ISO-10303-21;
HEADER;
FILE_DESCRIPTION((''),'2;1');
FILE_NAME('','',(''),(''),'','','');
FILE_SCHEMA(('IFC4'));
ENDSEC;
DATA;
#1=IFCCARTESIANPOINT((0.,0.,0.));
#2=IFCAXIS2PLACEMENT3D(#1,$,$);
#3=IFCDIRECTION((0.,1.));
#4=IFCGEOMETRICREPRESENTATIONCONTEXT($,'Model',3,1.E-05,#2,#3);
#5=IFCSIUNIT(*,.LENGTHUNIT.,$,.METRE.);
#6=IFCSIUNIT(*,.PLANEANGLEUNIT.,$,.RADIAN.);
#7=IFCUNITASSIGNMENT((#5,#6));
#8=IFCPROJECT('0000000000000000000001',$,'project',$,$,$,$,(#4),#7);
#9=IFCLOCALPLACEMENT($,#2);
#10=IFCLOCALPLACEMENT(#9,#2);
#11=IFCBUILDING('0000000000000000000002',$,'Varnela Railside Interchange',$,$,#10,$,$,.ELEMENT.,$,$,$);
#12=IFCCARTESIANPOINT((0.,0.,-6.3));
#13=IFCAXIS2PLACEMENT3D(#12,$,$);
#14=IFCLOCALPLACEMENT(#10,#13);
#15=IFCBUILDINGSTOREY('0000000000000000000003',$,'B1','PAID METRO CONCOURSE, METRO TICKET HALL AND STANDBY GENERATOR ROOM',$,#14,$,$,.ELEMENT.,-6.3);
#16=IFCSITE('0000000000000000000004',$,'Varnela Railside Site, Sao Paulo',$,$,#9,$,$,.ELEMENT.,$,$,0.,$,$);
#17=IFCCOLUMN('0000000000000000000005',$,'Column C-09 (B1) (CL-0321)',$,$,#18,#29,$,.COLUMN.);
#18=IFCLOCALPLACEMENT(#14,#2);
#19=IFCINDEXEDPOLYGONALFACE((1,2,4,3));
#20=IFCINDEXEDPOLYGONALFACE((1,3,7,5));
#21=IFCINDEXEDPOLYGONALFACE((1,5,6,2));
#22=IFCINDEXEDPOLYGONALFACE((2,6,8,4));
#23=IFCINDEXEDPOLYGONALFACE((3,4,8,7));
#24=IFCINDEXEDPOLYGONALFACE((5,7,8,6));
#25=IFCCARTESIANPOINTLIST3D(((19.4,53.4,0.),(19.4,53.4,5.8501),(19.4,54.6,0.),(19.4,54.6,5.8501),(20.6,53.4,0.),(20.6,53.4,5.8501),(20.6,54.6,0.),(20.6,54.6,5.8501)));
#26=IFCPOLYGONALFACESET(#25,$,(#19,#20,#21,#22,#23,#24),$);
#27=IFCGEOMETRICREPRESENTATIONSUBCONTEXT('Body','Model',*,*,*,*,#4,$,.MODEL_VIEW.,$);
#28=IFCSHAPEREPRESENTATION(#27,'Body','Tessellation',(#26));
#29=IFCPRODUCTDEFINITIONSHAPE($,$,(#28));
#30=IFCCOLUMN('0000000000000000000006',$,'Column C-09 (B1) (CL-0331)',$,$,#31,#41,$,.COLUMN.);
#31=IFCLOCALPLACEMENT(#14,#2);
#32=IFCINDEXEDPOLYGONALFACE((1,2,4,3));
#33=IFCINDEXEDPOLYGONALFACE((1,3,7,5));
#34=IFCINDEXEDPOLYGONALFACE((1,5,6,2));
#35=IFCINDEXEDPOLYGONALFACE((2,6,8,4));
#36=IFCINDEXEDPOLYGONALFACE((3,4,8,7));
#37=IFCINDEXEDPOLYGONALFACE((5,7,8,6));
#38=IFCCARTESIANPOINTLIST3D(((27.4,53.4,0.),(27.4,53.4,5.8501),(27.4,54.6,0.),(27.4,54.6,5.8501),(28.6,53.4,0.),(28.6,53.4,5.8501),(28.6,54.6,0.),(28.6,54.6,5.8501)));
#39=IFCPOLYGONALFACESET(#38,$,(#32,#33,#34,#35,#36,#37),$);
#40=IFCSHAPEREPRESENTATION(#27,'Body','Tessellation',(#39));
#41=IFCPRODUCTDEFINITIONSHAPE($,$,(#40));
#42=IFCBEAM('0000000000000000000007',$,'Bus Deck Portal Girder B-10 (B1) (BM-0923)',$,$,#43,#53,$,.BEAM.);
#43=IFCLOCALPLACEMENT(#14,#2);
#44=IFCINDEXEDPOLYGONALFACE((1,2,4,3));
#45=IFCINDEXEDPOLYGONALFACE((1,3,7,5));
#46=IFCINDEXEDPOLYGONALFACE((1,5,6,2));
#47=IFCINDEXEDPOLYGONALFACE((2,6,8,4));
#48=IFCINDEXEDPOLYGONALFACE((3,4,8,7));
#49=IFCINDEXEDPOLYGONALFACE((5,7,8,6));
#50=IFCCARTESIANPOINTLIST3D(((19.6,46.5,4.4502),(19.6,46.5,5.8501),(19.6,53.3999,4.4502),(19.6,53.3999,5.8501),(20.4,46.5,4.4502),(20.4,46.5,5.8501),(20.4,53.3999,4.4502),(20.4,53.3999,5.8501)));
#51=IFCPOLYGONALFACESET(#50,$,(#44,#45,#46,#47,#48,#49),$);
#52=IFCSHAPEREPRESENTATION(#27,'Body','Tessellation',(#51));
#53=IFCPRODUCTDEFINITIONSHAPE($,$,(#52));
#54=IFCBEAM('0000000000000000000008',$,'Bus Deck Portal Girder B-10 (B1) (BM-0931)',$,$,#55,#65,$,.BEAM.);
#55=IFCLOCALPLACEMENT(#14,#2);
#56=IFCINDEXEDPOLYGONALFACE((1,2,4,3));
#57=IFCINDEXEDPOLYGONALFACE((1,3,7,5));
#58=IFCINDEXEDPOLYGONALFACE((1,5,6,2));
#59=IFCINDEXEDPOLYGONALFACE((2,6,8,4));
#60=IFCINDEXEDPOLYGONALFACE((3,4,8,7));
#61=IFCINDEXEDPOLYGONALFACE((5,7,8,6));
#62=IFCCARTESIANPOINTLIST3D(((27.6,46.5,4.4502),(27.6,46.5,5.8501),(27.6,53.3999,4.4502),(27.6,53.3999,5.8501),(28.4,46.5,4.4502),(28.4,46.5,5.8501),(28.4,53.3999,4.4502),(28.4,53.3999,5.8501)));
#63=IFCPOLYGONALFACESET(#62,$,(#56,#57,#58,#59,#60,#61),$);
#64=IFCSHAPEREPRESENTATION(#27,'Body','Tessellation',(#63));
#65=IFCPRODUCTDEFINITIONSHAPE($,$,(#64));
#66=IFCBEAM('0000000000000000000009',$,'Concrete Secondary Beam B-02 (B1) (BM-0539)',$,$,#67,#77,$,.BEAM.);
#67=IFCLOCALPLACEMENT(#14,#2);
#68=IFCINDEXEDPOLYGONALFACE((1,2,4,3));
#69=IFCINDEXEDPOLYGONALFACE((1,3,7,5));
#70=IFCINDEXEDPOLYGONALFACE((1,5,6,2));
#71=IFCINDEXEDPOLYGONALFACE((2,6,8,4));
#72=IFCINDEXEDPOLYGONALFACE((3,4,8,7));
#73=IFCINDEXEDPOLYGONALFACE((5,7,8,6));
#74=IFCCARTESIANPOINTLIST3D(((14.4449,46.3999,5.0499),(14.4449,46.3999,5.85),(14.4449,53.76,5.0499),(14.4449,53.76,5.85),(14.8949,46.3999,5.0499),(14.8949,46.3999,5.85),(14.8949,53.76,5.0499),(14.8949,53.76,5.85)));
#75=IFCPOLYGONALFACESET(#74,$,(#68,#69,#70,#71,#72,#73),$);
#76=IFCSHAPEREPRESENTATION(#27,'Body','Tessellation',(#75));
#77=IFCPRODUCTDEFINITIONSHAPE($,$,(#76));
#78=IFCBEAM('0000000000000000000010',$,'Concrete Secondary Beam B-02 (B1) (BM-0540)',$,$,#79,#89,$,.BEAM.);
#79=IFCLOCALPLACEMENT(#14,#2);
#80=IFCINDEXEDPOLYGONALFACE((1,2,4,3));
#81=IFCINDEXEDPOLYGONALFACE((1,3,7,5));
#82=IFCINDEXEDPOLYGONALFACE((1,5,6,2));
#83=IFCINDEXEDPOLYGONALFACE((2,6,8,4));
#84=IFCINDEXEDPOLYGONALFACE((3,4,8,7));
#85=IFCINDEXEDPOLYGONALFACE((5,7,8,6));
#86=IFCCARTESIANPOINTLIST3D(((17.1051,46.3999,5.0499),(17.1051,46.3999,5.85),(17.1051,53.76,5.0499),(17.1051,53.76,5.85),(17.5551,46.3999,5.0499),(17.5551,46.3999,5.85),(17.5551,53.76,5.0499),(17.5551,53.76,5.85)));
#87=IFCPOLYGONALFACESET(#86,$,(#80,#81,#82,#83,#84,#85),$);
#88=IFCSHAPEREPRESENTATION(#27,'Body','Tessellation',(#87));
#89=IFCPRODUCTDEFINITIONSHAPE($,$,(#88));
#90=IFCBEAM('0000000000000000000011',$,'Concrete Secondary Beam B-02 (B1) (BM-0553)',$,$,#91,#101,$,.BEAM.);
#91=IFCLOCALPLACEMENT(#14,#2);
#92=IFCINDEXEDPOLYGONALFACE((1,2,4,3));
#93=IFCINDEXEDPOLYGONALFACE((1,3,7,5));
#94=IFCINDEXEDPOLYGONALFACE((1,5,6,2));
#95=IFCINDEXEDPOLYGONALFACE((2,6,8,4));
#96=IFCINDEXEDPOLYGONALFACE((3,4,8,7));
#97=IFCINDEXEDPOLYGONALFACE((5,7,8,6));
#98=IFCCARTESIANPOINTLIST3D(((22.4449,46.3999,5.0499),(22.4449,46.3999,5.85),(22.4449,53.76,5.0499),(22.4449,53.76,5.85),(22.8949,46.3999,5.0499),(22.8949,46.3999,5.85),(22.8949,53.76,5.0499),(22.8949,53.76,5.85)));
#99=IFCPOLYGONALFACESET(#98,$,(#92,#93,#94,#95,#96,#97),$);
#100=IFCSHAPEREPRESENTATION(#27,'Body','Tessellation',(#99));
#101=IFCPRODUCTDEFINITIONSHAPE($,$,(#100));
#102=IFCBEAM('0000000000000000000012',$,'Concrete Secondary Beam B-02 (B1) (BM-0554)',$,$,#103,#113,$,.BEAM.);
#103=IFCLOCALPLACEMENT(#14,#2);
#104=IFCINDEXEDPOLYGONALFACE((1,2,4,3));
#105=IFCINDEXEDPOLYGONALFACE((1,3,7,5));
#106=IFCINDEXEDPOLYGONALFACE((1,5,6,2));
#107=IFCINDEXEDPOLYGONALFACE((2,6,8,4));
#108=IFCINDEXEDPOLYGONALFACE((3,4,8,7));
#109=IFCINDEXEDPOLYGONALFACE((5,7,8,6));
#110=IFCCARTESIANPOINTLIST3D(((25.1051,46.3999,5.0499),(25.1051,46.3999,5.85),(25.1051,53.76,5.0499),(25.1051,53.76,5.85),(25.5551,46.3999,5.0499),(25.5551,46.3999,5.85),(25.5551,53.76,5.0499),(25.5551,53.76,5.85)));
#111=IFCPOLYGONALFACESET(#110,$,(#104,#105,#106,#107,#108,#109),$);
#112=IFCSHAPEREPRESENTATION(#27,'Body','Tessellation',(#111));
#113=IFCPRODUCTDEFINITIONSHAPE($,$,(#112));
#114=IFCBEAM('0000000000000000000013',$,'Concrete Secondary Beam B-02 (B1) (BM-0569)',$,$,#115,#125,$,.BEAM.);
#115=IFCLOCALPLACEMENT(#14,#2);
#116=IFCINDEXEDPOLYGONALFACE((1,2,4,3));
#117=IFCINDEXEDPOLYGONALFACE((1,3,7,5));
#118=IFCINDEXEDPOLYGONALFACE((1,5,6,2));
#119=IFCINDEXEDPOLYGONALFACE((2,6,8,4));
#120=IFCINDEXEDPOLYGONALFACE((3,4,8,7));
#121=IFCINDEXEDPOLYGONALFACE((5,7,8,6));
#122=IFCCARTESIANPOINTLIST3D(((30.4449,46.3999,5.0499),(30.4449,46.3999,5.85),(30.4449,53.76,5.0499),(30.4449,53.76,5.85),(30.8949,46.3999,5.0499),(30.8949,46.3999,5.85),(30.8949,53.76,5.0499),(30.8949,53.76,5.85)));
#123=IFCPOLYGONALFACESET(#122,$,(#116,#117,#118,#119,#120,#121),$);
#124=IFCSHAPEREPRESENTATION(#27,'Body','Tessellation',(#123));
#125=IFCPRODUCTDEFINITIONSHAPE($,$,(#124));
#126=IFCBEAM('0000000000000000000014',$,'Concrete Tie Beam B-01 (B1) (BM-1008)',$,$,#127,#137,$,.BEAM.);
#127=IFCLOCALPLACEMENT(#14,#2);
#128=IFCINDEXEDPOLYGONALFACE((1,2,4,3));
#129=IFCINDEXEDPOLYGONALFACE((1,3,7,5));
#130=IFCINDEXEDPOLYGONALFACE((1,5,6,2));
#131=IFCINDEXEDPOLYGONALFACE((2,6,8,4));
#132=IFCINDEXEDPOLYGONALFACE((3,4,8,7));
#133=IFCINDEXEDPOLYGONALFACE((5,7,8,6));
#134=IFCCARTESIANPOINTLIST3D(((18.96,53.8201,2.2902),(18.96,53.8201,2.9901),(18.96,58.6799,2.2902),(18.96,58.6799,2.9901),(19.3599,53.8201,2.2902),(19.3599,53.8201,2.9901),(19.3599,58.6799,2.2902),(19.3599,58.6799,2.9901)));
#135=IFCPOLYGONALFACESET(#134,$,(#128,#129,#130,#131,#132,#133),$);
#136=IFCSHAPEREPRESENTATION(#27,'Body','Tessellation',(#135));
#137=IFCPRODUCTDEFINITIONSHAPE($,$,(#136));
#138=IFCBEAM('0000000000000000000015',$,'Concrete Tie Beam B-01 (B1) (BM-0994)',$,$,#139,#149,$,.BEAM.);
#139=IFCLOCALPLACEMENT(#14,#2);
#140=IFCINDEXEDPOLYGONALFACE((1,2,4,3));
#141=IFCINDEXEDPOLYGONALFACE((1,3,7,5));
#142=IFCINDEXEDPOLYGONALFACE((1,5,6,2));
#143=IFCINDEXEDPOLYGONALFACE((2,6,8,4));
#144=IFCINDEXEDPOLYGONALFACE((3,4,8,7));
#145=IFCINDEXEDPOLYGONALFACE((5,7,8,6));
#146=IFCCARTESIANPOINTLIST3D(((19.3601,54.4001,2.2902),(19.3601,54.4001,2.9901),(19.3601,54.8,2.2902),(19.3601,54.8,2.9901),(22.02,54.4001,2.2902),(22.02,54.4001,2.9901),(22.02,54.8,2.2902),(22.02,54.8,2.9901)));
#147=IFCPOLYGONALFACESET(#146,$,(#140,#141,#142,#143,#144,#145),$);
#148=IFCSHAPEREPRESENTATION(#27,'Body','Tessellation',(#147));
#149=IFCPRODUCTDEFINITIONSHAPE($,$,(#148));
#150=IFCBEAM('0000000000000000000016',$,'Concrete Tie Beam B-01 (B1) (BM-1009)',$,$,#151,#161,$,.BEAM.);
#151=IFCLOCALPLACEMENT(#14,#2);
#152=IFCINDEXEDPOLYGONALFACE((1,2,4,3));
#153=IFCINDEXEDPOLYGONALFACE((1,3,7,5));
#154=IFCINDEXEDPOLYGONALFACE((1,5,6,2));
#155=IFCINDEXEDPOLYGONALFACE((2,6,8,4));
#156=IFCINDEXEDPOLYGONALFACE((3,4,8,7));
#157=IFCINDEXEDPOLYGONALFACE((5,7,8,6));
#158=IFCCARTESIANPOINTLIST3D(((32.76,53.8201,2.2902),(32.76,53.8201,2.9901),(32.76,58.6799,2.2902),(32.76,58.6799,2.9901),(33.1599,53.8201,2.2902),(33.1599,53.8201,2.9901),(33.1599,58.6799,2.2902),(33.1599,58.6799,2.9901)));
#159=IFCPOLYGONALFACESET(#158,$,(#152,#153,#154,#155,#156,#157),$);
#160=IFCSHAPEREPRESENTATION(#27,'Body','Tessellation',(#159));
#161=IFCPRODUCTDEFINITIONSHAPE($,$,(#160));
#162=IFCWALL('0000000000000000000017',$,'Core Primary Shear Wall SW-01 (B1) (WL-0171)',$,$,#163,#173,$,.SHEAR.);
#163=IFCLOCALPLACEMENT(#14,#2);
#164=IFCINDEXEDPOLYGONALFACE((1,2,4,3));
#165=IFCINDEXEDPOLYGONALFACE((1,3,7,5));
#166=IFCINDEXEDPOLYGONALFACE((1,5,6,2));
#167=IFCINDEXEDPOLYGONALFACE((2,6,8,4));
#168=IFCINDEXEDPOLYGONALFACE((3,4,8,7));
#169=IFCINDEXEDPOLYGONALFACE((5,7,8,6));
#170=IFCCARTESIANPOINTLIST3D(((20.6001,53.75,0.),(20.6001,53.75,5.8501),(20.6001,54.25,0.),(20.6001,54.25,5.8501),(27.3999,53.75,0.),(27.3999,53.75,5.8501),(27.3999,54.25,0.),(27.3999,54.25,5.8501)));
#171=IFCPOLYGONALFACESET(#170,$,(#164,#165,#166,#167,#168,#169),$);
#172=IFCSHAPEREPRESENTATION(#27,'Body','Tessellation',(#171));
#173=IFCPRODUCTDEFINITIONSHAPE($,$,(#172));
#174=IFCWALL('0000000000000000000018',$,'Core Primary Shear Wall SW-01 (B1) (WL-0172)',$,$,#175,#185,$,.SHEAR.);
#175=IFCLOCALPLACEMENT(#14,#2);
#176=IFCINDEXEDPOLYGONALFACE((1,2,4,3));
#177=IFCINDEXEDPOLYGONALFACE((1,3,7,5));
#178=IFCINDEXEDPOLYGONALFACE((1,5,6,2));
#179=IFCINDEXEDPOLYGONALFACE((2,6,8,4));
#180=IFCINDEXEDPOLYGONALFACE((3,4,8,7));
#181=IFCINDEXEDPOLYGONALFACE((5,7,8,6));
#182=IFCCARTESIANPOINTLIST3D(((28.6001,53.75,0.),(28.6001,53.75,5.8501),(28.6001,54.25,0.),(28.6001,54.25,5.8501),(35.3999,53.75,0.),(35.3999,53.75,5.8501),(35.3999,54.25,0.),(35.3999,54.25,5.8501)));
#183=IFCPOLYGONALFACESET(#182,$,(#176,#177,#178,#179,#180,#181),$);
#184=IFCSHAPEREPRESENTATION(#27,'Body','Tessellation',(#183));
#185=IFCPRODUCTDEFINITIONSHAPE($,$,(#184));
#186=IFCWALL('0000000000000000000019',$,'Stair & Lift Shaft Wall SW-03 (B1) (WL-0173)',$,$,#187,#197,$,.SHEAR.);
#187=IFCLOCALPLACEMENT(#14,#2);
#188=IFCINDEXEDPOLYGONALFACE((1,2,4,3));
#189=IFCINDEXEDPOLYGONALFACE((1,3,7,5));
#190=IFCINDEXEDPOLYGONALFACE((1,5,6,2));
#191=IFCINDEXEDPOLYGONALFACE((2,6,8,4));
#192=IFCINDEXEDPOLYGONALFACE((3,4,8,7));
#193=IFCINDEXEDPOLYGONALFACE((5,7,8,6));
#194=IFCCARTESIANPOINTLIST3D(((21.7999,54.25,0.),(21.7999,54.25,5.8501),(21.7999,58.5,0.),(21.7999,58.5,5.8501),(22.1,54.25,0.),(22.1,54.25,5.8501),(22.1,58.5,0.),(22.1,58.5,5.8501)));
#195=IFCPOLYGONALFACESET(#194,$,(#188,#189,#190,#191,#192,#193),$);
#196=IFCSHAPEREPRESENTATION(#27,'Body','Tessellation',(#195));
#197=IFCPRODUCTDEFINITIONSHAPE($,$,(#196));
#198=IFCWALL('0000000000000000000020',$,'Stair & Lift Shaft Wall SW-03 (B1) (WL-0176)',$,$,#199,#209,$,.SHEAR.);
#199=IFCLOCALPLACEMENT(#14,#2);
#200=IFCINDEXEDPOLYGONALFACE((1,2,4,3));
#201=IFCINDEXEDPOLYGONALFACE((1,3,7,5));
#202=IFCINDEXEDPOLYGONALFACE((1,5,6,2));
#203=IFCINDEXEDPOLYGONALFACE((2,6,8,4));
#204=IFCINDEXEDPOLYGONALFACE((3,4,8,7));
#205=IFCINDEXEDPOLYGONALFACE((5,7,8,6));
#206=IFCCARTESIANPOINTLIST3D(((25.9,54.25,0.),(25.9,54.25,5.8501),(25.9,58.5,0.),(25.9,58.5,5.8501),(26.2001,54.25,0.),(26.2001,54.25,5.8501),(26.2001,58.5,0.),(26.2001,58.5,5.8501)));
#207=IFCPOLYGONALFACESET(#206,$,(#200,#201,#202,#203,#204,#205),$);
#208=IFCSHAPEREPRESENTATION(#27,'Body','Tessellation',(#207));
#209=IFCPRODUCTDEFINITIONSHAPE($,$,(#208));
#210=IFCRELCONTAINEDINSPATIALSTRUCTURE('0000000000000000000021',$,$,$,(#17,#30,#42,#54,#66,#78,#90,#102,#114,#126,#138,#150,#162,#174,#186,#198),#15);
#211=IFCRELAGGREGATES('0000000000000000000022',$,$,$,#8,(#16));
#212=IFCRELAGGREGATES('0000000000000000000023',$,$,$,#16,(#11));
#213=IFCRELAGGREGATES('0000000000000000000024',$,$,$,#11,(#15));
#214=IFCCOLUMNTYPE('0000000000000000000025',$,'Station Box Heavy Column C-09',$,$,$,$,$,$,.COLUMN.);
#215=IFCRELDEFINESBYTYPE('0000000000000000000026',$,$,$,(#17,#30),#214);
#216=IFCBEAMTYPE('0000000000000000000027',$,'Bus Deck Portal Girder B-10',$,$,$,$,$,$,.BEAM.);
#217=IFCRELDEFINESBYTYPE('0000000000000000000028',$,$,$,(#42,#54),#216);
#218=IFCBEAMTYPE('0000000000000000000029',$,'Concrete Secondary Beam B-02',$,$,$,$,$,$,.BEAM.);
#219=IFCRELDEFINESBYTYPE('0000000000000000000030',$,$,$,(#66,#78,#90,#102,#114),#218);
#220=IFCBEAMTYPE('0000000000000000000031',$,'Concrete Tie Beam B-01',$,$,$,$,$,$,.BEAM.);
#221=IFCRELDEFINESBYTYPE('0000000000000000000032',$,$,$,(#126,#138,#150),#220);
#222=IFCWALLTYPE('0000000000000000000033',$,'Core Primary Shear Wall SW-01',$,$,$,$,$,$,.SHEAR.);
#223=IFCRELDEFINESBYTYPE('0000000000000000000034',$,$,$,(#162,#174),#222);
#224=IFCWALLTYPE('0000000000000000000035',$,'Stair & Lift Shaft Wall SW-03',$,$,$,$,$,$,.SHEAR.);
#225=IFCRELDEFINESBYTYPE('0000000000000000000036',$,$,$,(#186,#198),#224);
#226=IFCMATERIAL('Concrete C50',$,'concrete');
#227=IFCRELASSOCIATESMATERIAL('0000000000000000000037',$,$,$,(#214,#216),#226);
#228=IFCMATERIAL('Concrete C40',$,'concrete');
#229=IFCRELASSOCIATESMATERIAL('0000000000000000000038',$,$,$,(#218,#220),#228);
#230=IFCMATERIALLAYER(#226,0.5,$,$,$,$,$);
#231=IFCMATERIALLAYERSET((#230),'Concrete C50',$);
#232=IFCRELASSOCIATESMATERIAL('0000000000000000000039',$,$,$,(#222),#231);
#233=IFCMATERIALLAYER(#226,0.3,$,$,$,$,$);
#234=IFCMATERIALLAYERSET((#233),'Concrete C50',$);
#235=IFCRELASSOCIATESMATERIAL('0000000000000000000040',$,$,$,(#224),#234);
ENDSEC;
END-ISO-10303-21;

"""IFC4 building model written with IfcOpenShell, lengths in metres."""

from ifc_helpers import new_model, si_unit, direction, frame, frame_2d, origin, origin_2d, place, context, subcontext, project, spatial, rectangle, extrude, material, layer, layer_set, material_profile, profile_set, type_object, element, save


model = new_model("IFC4")

# Units and contexts
model_context = context("Model", 3, precision=1e-05, world=origin(), true_north=direction((0.0, 1.0)))
body_context = subcontext(model_context, "Body", "Model", "MODEL_VIEW")
ifc_project = project(units=[si_unit("LENGTHUNIT", "METRE"), si_unit("PLANEANGLEUNIT", "RADIAN")], contexts=[model_context])

# Site, building, storey
site_placement = place(None, origin())
site = spatial("IfcSite", under=ifc_project, at=site_placement, Name="Varnela Railside Site, Sao Paulo", CompositionType="ELEMENT", RefElevation=0.0)
building_placement = place(site_placement, origin())
building = spatial("IfcBuilding", under=site, at=building_placement, Name="Varnela Railside Interchange", CompositionType="ELEMENT")
storey_placement = place(building_placement, frame((0.0, 0.0, -6.3)))
storey = spatial("IfcBuildingStorey", under=building, at=storey_placement, Name="B1", Description="PAID METRO CONCOURSE, METRO TICKET HALL AND STANDBY GENERATOR ROOM", CompositionType="ELEMENT", Elevation=-6.3)

# Columns
ifc_material_1 = material(Name="Concrete C50", Category="concrete")
ifc_material_profile_1 = material_profile(ifc_material_1, rectangle(XDim=1.2, YDim=1.2, at=origin_2d()), Name="RC 1200x1200")
ifc_profile_set_1 = profile_set([ifc_material_profile_1], Name="Concrete C50")
column_type = type_object("IfcColumnType", Name="Station Box Heavy Column C-09", PredefinedType="COLUMN", material=ifc_profile_set_1)
for number, where, z_axis, x_axis, name in (
    (1, (20.0, 54.0, 0.0), (0.0, 0.0, 1.0), (1.0, 0.0, 0.0), "Column C-09 (B1) (CL-0321)"),
    (2, (28.0, 54.0, 0.0), (0.0, 0.0, 1.0), (1.0, 0.0, 0.0), "Column C-09 (B1) (CL-0331)"),
):
    element("IfcColumn", number, at=place(storey_placement, frame(where, z_axis=z_axis, x_axis=x_axis)), inside=storey, type_object=column_type, Name=name, PredefinedType="COLUMN", context=body_context, shape_type="SweptSolid", body=[
        extrude(rectangle(XDim=1.2, YDim=1.2, at=origin_2d()), origin(), (0.0, 0.0, 1.0), 5.8501),
    ])

# Beams
ifc_material_profile_2 = material_profile(ifc_material_1, rectangle(XDim=0.8, YDim=1.3999, at=origin_2d()), Name="RC 800x1400")
ifc_profile_set_2 = profile_set([ifc_material_profile_2], Name="Concrete C50")
beam_type_1 = type_object("IfcBeamType", Name="Bus Deck Portal Girder B-10", PredefinedType="BEAM", material=ifc_profile_set_2)
for number, where, z_axis, x_axis, name in (
    (3, (20.0, 46.5, 5.1501), (0.0, 1.0, 0.0), (-1.0, 0.0, 0.0), "Bus Deck Portal Girder B-10 (B1) (BM-0923)"),
    (4, (28.0, 46.5, 5.1501), (0.0, 1.0, 0.0), (-1.0, 0.0, 0.0), "Bus Deck Portal Girder B-10 (B1) (BM-0931)"),
):
    element("IfcBeam", number, at=place(storey_placement, frame(where, z_axis=z_axis, x_axis=x_axis)), inside=storey, type_object=beam_type_1, Name=name, PredefinedType="BEAM", context=body_context, shape_type="SweptSolid", body=[
        extrude(rectangle(XDim=0.8, YDim=1.3999, at=origin_2d()), origin(), (0.0, 0.0, 1.0), 6.8999),
    ])
ifc_material_2 = material(Name="Concrete C40", Category="concrete")
ifc_material_profile_3 = material_profile(ifc_material_2, rectangle(XDim=0.45, YDim=0.8, at=origin_2d()), Name="RC 450x800")
ifc_profile_set_3 = profile_set([ifc_material_profile_3], Name="Concrete C40")
beam_type_2 = type_object("IfcBeamType", Name="Concrete Secondary Beam B-02", PredefinedType="BEAM", material=ifc_profile_set_3)
for number, where, z_axis, x_axis, name in (
    (5, (14.6699, 46.3999, 5.45), (0.0, 1.0, 0.0), (-1.0, 0.0, 0.0), "Concrete Secondary Beam B-02 (B1) (BM-0539)"),
    (6, (17.3301, 46.3999, 5.45), (0.0, 1.0, 0.0), (-1.0, 0.0, 0.0), "Concrete Secondary Beam B-02 (B1) (BM-0540)"),
    (7, (22.6699, 46.3999, 5.45), (0.0, 1.0, 0.0), (-1.0, 0.0, 0.0), "Concrete Secondary Beam B-02 (B1) (BM-0553)"),
    (8, (25.3301, 46.3999, 5.45), (0.0, 1.0, 0.0), (-1.0, 0.0, 0.0), "Concrete Secondary Beam B-02 (B1) (BM-0554)"),
    (9, (30.6699, 46.3999, 5.45), (0.0, 1.0, 0.0), (-1.0, 0.0, 0.0), "Concrete Secondary Beam B-02 (B1) (BM-0569)"),
):
    element("IfcBeam", number, at=place(storey_placement, frame(where, z_axis=z_axis, x_axis=x_axis)), inside=storey, type_object=beam_type_2, Name=name, PredefinedType="BEAM", context=body_context, shape_type="SweptSolid", body=[
        extrude(rectangle(XDim=0.45, YDim=0.8, at=origin_2d()), origin(), (0.0, 0.0, 1.0), 7.3601),
    ])
ifc_material_profile_4 = material_profile(ifc_material_2, rectangle(XDim=0.3999, YDim=0.7, at=origin_2d()), Name="RC 400x700")
ifc_profile_set_4 = profile_set([ifc_material_profile_4], Name="Concrete C40")
beam_type_3 = type_object("IfcBeamType", Name="Concrete Tie Beam B-01", PredefinedType="BEAM", material=ifc_profile_set_4)
beam_1_placement = place(storey_placement, frame((19.1599, 53.8201, 2.6401), z_axis=(0.0, 1.0, 0.0), x_axis=(-1.0, 0.0, 0.0)))
element("IfcBeam", 10, at=beam_1_placement, inside=storey, type_object=beam_type_3, Name="Concrete Tie Beam B-01 (B1) (BM-1008)", PredefinedType="BEAM", context=body_context, shape_type="SweptSolid", body=[
    extrude(rectangle(XDim=0.3999, YDim=0.7, at=origin_2d()), origin(), (0.0, 0.0, 1.0), 4.8599),
])
beam_2_placement = place(storey_placement, frame((19.3601, 54.6001, 2.6401), z_axis=(1.0, 0.0, 0.0), x_axis=(0.0, 1.0, 0.0)))
element("IfcBeam", 11, at=beam_2_placement, inside=storey, type_object=beam_type_3, Name="Concrete Tie Beam B-01 (B1) (BM-0994)", PredefinedType="BEAM", context=body_context, shape_type="SweptSolid", body=[
    extrude(rectangle(XDim=0.3999, YDim=0.7, at=origin_2d()), origin(), (0.0, 0.0, 1.0), 2.6599),
])
beam_3_placement = place(storey_placement, frame((32.96, 53.8201, 2.6401), z_axis=(0.0, 1.0, 0.0), x_axis=(-1.0, 0.0, 0.0)))
element("IfcBeam", 12, at=beam_3_placement, inside=storey, type_object=beam_type_3, Name="Concrete Tie Beam B-01 (B1) (BM-1009)", PredefinedType="BEAM", context=body_context, shape_type="SweptSolid", body=[
    extrude(rectangle(XDim=0.3999, YDim=0.7, at=origin_2d()), origin(), (0.0, 0.0, 1.0), 4.8599),
])

# Walls
ifc_layer_1 = layer(ifc_material_1, 0.5)
ifc_layer_set_1 = layer_set([ifc_layer_1], Name="Concrete C50")
wall_type_1 = type_object("IfcWallType", Name="Core Primary Shear Wall SW-01", PredefinedType="SHEAR", material=ifc_layer_set_1)
for number, where, z_axis, x_axis, name in (
    (13, (20.6001, 54.0, 0.0), (0.0, 0.0, 1.0), (1.0, 0.0, 0.0), "Core Primary Shear Wall SW-01 (B1) (WL-0171)"),
    (14, (28.6001, 54.0, 0.0), (0.0, 0.0, 1.0), (1.0, 0.0, 0.0), "Core Primary Shear Wall SW-01 (B1) (WL-0172)"),
):
    element("IfcWall", number, at=place(storey_placement, frame(where, z_axis=z_axis, x_axis=x_axis)), inside=storey, type_object=wall_type_1, Name=name, PredefinedType="SHEAR", context=body_context, shape_type="SweptSolid", body=[
        extrude(rectangle(XDim=6.7998, YDim=0.5, at=frame_2d((3.3999, 0.0))), origin(), (0.0, 0.0, 1.0), 5.8501),
    ])
ifc_layer_2 = layer(ifc_material_1, 0.3)
ifc_layer_set_2 = layer_set([ifc_layer_2], Name="Concrete C50")
wall_type_2 = type_object("IfcWallType", Name="Stair & Lift Shaft Wall SW-03", PredefinedType="SHEAR", material=ifc_layer_set_2)
for number, where, z_axis, x_axis, name in (
    (15, (21.95, 54.25, 0.0), (0.0, 0.0, 1.0), (0.0, 1.0, 0.0), "Stair & Lift Shaft Wall SW-03 (B1) (WL-0173)"),
    (16, (26.05, 54.25, 0.0), (0.0, 0.0, 1.0), (0.0, 1.0, 0.0), "Stair & Lift Shaft Wall SW-03 (B1) (WL-0176)"),
):
    element("IfcWall", number, at=place(storey_placement, frame(where, z_axis=z_axis, x_axis=x_axis)), inside=storey, type_object=wall_type_2, Name=name, PredefinedType="SHEAR", context=body_context, shape_type="SweptSolid", body=[
        extrude(rectangle(XDim=4.25, YDim=0.3, at=frame_2d((2.125, 0.0))), origin(), (0.0, 0.0, 1.0), 5.8501),
    ])

save(model, "model.ifc")
